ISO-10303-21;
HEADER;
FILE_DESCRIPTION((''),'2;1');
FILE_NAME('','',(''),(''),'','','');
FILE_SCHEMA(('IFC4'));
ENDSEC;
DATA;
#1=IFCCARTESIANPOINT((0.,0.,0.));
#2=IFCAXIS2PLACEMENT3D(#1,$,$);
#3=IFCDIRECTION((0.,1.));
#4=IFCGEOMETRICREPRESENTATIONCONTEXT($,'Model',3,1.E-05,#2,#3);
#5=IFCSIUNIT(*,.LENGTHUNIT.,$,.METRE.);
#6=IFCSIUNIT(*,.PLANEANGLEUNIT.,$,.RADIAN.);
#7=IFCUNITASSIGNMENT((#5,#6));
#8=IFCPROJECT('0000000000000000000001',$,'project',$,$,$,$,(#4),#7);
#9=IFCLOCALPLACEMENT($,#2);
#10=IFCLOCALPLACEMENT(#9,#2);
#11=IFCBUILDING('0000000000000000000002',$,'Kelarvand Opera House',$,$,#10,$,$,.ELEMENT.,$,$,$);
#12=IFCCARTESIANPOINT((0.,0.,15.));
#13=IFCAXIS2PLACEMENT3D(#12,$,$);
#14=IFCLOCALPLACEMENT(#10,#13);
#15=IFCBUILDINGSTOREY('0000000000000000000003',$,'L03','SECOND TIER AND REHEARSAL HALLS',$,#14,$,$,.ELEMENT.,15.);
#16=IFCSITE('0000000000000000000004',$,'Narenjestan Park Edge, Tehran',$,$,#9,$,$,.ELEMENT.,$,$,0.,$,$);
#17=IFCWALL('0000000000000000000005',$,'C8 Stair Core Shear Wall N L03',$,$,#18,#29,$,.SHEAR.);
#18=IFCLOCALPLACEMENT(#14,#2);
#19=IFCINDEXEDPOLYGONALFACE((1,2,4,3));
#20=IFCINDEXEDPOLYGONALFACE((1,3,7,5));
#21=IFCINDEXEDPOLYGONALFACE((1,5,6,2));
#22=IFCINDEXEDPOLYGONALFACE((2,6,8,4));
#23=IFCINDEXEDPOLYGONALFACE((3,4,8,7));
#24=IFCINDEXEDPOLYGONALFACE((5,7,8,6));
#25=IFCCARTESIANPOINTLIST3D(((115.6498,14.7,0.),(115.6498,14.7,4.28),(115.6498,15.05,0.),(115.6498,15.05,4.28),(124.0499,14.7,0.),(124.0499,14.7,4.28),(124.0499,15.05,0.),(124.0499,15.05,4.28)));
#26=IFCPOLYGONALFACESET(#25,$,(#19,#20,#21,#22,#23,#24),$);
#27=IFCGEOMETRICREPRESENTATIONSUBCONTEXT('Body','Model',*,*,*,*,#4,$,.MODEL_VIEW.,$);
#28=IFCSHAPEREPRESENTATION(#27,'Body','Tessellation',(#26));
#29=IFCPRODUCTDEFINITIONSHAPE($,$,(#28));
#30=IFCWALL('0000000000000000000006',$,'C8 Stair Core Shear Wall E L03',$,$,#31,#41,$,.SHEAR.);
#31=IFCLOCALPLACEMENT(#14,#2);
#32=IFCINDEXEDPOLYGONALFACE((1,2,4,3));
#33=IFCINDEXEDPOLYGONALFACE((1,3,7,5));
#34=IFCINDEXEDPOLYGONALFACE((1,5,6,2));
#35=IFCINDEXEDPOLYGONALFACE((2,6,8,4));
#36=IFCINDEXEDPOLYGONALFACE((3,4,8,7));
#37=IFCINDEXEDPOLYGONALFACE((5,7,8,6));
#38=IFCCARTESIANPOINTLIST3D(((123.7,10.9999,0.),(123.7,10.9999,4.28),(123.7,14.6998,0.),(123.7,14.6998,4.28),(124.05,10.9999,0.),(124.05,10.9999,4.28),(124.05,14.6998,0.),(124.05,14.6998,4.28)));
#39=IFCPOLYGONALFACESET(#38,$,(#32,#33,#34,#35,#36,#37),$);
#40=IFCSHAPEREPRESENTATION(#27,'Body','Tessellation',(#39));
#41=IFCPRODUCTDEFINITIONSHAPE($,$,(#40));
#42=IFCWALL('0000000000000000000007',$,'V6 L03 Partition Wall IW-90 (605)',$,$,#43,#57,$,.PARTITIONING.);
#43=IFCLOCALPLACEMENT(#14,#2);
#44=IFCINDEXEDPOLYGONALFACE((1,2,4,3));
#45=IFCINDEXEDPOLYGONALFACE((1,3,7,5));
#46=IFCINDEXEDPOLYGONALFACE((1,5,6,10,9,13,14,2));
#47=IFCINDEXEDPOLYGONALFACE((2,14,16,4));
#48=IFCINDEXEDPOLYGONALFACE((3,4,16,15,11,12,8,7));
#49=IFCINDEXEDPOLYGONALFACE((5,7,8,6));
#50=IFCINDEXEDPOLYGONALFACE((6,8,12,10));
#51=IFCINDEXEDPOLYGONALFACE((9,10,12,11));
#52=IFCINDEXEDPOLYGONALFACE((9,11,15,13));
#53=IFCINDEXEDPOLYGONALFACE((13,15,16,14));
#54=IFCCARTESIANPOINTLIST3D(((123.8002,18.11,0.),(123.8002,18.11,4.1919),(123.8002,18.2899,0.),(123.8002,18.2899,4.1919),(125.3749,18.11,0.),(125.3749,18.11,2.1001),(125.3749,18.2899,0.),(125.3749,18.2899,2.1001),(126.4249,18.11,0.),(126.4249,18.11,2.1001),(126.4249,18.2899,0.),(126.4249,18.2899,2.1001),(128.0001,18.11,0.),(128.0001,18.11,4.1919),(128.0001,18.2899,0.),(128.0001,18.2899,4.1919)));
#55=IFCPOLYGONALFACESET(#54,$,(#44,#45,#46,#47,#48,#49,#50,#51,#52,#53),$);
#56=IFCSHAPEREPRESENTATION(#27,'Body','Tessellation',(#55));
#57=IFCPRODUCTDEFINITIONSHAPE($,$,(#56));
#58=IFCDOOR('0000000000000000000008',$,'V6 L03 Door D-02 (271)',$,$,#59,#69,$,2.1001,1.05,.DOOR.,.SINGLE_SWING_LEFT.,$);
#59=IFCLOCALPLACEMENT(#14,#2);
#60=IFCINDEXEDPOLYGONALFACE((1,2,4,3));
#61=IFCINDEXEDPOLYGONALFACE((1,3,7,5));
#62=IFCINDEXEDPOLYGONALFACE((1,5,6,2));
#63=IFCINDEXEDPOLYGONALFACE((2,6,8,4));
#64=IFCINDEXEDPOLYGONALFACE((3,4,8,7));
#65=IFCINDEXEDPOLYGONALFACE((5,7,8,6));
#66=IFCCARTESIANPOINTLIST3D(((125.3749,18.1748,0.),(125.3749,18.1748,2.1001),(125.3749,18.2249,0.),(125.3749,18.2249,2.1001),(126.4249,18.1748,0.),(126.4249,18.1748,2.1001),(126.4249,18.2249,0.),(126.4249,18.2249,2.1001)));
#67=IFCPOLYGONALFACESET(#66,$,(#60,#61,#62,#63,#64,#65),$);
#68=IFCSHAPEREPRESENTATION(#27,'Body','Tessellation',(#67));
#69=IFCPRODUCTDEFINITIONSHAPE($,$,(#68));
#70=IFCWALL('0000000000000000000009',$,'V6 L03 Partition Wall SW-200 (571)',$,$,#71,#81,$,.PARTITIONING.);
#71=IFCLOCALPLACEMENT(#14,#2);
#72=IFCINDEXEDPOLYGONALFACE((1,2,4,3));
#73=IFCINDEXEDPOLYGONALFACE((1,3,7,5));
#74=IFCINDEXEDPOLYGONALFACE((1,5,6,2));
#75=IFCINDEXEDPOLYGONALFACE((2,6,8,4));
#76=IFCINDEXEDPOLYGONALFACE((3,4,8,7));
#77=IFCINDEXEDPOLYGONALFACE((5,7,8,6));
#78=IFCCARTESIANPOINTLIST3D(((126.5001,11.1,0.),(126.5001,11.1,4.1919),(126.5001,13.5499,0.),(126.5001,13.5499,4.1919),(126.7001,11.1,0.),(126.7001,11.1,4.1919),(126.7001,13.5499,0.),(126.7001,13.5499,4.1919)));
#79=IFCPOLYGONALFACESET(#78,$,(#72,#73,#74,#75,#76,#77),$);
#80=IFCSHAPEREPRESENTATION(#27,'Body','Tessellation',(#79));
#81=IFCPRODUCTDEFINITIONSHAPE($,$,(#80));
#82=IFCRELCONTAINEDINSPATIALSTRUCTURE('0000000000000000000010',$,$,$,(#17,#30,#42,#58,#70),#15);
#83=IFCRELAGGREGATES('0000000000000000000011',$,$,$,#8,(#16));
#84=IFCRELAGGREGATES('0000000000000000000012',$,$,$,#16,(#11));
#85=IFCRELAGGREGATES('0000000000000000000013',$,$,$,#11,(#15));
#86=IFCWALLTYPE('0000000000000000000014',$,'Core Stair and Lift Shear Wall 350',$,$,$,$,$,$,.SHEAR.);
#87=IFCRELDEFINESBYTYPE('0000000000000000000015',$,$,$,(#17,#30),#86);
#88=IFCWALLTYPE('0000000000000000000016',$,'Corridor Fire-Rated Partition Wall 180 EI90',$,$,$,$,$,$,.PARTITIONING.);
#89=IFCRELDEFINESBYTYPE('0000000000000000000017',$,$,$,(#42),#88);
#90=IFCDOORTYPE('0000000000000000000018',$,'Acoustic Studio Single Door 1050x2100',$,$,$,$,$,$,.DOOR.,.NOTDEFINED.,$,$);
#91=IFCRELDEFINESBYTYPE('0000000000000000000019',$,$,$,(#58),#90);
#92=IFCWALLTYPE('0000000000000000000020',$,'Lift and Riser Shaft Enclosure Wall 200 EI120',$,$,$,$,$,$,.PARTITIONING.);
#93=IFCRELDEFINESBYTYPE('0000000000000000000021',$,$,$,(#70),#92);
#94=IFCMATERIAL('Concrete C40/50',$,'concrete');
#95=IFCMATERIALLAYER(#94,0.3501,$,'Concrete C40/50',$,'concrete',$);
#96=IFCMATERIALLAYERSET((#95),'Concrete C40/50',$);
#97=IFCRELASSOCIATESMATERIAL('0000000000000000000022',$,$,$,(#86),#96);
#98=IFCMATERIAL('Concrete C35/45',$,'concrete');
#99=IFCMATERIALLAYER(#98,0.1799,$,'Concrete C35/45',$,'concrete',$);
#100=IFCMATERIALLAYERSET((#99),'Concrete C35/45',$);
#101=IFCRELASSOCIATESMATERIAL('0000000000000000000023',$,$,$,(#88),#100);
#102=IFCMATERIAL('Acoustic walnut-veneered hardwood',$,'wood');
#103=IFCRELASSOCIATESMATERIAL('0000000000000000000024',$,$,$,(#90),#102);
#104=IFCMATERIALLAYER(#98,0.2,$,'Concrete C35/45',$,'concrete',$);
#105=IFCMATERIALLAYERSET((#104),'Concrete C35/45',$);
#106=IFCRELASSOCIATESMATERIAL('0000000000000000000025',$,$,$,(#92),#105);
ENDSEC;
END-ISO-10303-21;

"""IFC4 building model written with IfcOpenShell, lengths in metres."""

from ifc_helpers import new_model, si_unit, direction, frame, frame_2d, origin, place, context, subcontext, project, spatial, rectangle, extrude, material, layer, layer_set, type_object, element, fill, save


model = new_model("IFC4")

# Units and contexts
model_context = context("Model", 3, precision=1e-05, world=origin(), true_north=direction((0.0, 1.0)))
body_context = subcontext(model_context, "Body", "Model", "MODEL_VIEW")
ifc_project = project(units=[si_unit("LENGTHUNIT", "METRE"), si_unit("PLANEANGLEUNIT", "RADIAN")], contexts=[model_context])

# Site, building, storey
site_placement = place(None, origin())
site = spatial("IfcSite", under=ifc_project, at=site_placement, Name="Narenjestan Park Edge, Tehran", CompositionType="ELEMENT", RefElevation=0.0)
building_placement = place(site_placement, origin())
building = spatial("IfcBuilding", under=site, at=building_placement, Name="Kelarvand Opera House", CompositionType="ELEMENT")
storey_placement = place(building_placement, frame((0.0, 0.0, 15.0)))
storey = spatial("IfcBuildingStorey", under=building, at=storey_placement, Name="L03", Description="SECOND TIER AND REHEARSAL HALLS", CompositionType="ELEMENT", Elevation=15.0)

# Shared definitions
ifc_material_1 = material(Name="Concrete C40/50", Category="concrete")

# Shared definitions
ifc_material_2 = material(Name="Concrete C35/45", Category="concrete")

# Walls
ifc_layer_1 = layer(ifc_material_1, 0.3501, Name="Concrete C40/50", Category="concrete")
ifc_layer_set_1 = layer_set([ifc_layer_1], Name="Concrete C40/50")
wall_type_1 = type_object("IfcWallType", Name="Core Stair and Lift Shear Wall 350", PredefinedType="SHEAR", material=ifc_layer_set_1)
wall_1_placement = place(storey_placement, frame((124.05, 14.875, 0.0), z_axis=(0.0, 0.0, 1.0), x_axis=(-1.0, 0.0, 0.0)))
element("IfcWall", 1, at=wall_1_placement, inside=storey, type_object=wall_type_1, Name="C8 Stair Core Shear Wall N L03", PredefinedType="SHEAR", context=body_context, shape_type="SweptSolid", body=[
    extrude(rectangle(XDim=8.4001, YDim=0.3501, at=frame_2d((4.2002, 0.0))), origin(), (0.0, 0.0, 1.0), 4.28),
])
wall_2_placement = place(storey_placement, frame((123.875, 14.7, 0.0), z_axis=(0.0, 0.0, 1.0), x_axis=(0.0, -1.0, 0.0)))
element("IfcWall", 2, at=wall_2_placement, inside=storey, type_object=wall_type_1, Name="C8 Stair Core Shear Wall E L03", PredefinedType="SHEAR", context=body_context, shape_type="SweptSolid", body=[
    extrude(rectangle(XDim=3.7, YDim=0.3501, at=frame_2d((1.8501, 0.0))), origin(), (0.0, 0.0, 1.0), 4.28),
])

# Wall, opening, door
ifc_layer_2 = layer(ifc_material_2, 0.1799, Name="Concrete C35/45", Category="concrete")
ifc_layer_set_2 = layer_set([ifc_layer_2], Name="Concrete C35/45")
wall_type_2 = type_object("IfcWallType", Name="Corridor Fire-Rated Partition Wall 180 EI90", PredefinedType="PARTITIONING", material=ifc_layer_set_2)
ifc_material_3 = material(Name="Acoustic walnut-veneered hardwood", Category="wood")
wall_3_placement = place(storey_placement, frame((123.8, 18.2, 0.0), z_axis=(0.0, 0.0, 1.0), x_axis=(1.0, 0.0, 0.0)))
wall_3 = element("IfcWall", 3, at=wall_3_placement, inside=storey, type_object=wall_type_2, Name="V6 L03 Partition Wall IW-90 (605)", PredefinedType="PARTITIONING", context=body_context, shape_type="SweptSolid", body=[
    extrude(rectangle(XDim=4.2, YDim=0.1799, at=frame_2d((2.1001, 0.0))), origin(), (0.0, 0.0, 1.0), 4.1919),
])
opening_1_placement = place(wall_3_placement, frame((1.575, 0.0, 0.0)))
opening_1 = element("IfcOpeningElement", 4, at=opening_1_placement, cuts=wall_3, PredefinedType="OPENING", context=body_context, shape_type="SweptSolid", body=[
    extrude(rectangle(XDim=1.05, YDim=2.1001, at=frame_2d((0.5249, 1.05))), frame((0.0, 0.1001, 0.0), z_axis=(0.0, -1.0, 0.0), x_axis=(1.0, 0.0, 0.0)), (0.0, 0.0, 1.0), 0.2),
])
door_type_1 = type_object("IfcDoorType", Name="Acoustic Studio Single Door 1050x2100", OperationType="NOTDEFINED", PredefinedType="DOOR", material=ifc_material_3)
door_1_placement = place(opening_1_placement, origin())
door_1 = element("IfcDoor", 5, at=door_1_placement, inside=storey, type_object=door_type_1, Name="V6 L03 Door D-02 (271)", OperationType="SINGLE_SWING_LEFT", OverallHeight=2.1001, OverallWidth=1.05, PredefinedType="DOOR", context=body_context, shape_type="SweptSolid", body=[
    extrude(rectangle(XDim=1.05, YDim=2.1001, at=frame_2d((0.5249, 1.05))), frame((0.0, 0.0249, 0.0), z_axis=(0.0, -1.0, 0.0), x_axis=(1.0, 0.0, 0.0)), (0.0, 0.0, 1.0), 0.05),
])
fill(opening_1, door_1)
ifc_layer_3 = layer(ifc_material_2, 0.2, Name="Concrete C35/45", Category="concrete")
ifc_layer_set_3 = layer_set([ifc_layer_3], Name="Concrete C35/45")
wall_type_3 = type_object("IfcWallType", Name="Lift and Riser Shaft Enclosure Wall 200 EI120", PredefinedType="PARTITIONING", material=ifc_layer_set_3)

# Wall
wall_4_placement = place(storey_placement, frame((126.6001, 13.55, 0.0), z_axis=(0.0, 0.0, 1.0), x_axis=(0.0, -1.0, 0.0)))
element("IfcWall", 6, at=wall_4_placement, inside=storey, type_object=wall_type_3, Name="V6 L03 Partition Wall SW-200 (571)", PredefinedType="PARTITIONING", context=body_context, shape_type="SweptSolid", body=[
    extrude(rectangle(XDim=2.45, YDim=0.2, at=frame_2d((1.2251, 0.0))), origin(), (0.0, 0.0, 1.0), 4.1919),
])

save(model, "model.ifc")
